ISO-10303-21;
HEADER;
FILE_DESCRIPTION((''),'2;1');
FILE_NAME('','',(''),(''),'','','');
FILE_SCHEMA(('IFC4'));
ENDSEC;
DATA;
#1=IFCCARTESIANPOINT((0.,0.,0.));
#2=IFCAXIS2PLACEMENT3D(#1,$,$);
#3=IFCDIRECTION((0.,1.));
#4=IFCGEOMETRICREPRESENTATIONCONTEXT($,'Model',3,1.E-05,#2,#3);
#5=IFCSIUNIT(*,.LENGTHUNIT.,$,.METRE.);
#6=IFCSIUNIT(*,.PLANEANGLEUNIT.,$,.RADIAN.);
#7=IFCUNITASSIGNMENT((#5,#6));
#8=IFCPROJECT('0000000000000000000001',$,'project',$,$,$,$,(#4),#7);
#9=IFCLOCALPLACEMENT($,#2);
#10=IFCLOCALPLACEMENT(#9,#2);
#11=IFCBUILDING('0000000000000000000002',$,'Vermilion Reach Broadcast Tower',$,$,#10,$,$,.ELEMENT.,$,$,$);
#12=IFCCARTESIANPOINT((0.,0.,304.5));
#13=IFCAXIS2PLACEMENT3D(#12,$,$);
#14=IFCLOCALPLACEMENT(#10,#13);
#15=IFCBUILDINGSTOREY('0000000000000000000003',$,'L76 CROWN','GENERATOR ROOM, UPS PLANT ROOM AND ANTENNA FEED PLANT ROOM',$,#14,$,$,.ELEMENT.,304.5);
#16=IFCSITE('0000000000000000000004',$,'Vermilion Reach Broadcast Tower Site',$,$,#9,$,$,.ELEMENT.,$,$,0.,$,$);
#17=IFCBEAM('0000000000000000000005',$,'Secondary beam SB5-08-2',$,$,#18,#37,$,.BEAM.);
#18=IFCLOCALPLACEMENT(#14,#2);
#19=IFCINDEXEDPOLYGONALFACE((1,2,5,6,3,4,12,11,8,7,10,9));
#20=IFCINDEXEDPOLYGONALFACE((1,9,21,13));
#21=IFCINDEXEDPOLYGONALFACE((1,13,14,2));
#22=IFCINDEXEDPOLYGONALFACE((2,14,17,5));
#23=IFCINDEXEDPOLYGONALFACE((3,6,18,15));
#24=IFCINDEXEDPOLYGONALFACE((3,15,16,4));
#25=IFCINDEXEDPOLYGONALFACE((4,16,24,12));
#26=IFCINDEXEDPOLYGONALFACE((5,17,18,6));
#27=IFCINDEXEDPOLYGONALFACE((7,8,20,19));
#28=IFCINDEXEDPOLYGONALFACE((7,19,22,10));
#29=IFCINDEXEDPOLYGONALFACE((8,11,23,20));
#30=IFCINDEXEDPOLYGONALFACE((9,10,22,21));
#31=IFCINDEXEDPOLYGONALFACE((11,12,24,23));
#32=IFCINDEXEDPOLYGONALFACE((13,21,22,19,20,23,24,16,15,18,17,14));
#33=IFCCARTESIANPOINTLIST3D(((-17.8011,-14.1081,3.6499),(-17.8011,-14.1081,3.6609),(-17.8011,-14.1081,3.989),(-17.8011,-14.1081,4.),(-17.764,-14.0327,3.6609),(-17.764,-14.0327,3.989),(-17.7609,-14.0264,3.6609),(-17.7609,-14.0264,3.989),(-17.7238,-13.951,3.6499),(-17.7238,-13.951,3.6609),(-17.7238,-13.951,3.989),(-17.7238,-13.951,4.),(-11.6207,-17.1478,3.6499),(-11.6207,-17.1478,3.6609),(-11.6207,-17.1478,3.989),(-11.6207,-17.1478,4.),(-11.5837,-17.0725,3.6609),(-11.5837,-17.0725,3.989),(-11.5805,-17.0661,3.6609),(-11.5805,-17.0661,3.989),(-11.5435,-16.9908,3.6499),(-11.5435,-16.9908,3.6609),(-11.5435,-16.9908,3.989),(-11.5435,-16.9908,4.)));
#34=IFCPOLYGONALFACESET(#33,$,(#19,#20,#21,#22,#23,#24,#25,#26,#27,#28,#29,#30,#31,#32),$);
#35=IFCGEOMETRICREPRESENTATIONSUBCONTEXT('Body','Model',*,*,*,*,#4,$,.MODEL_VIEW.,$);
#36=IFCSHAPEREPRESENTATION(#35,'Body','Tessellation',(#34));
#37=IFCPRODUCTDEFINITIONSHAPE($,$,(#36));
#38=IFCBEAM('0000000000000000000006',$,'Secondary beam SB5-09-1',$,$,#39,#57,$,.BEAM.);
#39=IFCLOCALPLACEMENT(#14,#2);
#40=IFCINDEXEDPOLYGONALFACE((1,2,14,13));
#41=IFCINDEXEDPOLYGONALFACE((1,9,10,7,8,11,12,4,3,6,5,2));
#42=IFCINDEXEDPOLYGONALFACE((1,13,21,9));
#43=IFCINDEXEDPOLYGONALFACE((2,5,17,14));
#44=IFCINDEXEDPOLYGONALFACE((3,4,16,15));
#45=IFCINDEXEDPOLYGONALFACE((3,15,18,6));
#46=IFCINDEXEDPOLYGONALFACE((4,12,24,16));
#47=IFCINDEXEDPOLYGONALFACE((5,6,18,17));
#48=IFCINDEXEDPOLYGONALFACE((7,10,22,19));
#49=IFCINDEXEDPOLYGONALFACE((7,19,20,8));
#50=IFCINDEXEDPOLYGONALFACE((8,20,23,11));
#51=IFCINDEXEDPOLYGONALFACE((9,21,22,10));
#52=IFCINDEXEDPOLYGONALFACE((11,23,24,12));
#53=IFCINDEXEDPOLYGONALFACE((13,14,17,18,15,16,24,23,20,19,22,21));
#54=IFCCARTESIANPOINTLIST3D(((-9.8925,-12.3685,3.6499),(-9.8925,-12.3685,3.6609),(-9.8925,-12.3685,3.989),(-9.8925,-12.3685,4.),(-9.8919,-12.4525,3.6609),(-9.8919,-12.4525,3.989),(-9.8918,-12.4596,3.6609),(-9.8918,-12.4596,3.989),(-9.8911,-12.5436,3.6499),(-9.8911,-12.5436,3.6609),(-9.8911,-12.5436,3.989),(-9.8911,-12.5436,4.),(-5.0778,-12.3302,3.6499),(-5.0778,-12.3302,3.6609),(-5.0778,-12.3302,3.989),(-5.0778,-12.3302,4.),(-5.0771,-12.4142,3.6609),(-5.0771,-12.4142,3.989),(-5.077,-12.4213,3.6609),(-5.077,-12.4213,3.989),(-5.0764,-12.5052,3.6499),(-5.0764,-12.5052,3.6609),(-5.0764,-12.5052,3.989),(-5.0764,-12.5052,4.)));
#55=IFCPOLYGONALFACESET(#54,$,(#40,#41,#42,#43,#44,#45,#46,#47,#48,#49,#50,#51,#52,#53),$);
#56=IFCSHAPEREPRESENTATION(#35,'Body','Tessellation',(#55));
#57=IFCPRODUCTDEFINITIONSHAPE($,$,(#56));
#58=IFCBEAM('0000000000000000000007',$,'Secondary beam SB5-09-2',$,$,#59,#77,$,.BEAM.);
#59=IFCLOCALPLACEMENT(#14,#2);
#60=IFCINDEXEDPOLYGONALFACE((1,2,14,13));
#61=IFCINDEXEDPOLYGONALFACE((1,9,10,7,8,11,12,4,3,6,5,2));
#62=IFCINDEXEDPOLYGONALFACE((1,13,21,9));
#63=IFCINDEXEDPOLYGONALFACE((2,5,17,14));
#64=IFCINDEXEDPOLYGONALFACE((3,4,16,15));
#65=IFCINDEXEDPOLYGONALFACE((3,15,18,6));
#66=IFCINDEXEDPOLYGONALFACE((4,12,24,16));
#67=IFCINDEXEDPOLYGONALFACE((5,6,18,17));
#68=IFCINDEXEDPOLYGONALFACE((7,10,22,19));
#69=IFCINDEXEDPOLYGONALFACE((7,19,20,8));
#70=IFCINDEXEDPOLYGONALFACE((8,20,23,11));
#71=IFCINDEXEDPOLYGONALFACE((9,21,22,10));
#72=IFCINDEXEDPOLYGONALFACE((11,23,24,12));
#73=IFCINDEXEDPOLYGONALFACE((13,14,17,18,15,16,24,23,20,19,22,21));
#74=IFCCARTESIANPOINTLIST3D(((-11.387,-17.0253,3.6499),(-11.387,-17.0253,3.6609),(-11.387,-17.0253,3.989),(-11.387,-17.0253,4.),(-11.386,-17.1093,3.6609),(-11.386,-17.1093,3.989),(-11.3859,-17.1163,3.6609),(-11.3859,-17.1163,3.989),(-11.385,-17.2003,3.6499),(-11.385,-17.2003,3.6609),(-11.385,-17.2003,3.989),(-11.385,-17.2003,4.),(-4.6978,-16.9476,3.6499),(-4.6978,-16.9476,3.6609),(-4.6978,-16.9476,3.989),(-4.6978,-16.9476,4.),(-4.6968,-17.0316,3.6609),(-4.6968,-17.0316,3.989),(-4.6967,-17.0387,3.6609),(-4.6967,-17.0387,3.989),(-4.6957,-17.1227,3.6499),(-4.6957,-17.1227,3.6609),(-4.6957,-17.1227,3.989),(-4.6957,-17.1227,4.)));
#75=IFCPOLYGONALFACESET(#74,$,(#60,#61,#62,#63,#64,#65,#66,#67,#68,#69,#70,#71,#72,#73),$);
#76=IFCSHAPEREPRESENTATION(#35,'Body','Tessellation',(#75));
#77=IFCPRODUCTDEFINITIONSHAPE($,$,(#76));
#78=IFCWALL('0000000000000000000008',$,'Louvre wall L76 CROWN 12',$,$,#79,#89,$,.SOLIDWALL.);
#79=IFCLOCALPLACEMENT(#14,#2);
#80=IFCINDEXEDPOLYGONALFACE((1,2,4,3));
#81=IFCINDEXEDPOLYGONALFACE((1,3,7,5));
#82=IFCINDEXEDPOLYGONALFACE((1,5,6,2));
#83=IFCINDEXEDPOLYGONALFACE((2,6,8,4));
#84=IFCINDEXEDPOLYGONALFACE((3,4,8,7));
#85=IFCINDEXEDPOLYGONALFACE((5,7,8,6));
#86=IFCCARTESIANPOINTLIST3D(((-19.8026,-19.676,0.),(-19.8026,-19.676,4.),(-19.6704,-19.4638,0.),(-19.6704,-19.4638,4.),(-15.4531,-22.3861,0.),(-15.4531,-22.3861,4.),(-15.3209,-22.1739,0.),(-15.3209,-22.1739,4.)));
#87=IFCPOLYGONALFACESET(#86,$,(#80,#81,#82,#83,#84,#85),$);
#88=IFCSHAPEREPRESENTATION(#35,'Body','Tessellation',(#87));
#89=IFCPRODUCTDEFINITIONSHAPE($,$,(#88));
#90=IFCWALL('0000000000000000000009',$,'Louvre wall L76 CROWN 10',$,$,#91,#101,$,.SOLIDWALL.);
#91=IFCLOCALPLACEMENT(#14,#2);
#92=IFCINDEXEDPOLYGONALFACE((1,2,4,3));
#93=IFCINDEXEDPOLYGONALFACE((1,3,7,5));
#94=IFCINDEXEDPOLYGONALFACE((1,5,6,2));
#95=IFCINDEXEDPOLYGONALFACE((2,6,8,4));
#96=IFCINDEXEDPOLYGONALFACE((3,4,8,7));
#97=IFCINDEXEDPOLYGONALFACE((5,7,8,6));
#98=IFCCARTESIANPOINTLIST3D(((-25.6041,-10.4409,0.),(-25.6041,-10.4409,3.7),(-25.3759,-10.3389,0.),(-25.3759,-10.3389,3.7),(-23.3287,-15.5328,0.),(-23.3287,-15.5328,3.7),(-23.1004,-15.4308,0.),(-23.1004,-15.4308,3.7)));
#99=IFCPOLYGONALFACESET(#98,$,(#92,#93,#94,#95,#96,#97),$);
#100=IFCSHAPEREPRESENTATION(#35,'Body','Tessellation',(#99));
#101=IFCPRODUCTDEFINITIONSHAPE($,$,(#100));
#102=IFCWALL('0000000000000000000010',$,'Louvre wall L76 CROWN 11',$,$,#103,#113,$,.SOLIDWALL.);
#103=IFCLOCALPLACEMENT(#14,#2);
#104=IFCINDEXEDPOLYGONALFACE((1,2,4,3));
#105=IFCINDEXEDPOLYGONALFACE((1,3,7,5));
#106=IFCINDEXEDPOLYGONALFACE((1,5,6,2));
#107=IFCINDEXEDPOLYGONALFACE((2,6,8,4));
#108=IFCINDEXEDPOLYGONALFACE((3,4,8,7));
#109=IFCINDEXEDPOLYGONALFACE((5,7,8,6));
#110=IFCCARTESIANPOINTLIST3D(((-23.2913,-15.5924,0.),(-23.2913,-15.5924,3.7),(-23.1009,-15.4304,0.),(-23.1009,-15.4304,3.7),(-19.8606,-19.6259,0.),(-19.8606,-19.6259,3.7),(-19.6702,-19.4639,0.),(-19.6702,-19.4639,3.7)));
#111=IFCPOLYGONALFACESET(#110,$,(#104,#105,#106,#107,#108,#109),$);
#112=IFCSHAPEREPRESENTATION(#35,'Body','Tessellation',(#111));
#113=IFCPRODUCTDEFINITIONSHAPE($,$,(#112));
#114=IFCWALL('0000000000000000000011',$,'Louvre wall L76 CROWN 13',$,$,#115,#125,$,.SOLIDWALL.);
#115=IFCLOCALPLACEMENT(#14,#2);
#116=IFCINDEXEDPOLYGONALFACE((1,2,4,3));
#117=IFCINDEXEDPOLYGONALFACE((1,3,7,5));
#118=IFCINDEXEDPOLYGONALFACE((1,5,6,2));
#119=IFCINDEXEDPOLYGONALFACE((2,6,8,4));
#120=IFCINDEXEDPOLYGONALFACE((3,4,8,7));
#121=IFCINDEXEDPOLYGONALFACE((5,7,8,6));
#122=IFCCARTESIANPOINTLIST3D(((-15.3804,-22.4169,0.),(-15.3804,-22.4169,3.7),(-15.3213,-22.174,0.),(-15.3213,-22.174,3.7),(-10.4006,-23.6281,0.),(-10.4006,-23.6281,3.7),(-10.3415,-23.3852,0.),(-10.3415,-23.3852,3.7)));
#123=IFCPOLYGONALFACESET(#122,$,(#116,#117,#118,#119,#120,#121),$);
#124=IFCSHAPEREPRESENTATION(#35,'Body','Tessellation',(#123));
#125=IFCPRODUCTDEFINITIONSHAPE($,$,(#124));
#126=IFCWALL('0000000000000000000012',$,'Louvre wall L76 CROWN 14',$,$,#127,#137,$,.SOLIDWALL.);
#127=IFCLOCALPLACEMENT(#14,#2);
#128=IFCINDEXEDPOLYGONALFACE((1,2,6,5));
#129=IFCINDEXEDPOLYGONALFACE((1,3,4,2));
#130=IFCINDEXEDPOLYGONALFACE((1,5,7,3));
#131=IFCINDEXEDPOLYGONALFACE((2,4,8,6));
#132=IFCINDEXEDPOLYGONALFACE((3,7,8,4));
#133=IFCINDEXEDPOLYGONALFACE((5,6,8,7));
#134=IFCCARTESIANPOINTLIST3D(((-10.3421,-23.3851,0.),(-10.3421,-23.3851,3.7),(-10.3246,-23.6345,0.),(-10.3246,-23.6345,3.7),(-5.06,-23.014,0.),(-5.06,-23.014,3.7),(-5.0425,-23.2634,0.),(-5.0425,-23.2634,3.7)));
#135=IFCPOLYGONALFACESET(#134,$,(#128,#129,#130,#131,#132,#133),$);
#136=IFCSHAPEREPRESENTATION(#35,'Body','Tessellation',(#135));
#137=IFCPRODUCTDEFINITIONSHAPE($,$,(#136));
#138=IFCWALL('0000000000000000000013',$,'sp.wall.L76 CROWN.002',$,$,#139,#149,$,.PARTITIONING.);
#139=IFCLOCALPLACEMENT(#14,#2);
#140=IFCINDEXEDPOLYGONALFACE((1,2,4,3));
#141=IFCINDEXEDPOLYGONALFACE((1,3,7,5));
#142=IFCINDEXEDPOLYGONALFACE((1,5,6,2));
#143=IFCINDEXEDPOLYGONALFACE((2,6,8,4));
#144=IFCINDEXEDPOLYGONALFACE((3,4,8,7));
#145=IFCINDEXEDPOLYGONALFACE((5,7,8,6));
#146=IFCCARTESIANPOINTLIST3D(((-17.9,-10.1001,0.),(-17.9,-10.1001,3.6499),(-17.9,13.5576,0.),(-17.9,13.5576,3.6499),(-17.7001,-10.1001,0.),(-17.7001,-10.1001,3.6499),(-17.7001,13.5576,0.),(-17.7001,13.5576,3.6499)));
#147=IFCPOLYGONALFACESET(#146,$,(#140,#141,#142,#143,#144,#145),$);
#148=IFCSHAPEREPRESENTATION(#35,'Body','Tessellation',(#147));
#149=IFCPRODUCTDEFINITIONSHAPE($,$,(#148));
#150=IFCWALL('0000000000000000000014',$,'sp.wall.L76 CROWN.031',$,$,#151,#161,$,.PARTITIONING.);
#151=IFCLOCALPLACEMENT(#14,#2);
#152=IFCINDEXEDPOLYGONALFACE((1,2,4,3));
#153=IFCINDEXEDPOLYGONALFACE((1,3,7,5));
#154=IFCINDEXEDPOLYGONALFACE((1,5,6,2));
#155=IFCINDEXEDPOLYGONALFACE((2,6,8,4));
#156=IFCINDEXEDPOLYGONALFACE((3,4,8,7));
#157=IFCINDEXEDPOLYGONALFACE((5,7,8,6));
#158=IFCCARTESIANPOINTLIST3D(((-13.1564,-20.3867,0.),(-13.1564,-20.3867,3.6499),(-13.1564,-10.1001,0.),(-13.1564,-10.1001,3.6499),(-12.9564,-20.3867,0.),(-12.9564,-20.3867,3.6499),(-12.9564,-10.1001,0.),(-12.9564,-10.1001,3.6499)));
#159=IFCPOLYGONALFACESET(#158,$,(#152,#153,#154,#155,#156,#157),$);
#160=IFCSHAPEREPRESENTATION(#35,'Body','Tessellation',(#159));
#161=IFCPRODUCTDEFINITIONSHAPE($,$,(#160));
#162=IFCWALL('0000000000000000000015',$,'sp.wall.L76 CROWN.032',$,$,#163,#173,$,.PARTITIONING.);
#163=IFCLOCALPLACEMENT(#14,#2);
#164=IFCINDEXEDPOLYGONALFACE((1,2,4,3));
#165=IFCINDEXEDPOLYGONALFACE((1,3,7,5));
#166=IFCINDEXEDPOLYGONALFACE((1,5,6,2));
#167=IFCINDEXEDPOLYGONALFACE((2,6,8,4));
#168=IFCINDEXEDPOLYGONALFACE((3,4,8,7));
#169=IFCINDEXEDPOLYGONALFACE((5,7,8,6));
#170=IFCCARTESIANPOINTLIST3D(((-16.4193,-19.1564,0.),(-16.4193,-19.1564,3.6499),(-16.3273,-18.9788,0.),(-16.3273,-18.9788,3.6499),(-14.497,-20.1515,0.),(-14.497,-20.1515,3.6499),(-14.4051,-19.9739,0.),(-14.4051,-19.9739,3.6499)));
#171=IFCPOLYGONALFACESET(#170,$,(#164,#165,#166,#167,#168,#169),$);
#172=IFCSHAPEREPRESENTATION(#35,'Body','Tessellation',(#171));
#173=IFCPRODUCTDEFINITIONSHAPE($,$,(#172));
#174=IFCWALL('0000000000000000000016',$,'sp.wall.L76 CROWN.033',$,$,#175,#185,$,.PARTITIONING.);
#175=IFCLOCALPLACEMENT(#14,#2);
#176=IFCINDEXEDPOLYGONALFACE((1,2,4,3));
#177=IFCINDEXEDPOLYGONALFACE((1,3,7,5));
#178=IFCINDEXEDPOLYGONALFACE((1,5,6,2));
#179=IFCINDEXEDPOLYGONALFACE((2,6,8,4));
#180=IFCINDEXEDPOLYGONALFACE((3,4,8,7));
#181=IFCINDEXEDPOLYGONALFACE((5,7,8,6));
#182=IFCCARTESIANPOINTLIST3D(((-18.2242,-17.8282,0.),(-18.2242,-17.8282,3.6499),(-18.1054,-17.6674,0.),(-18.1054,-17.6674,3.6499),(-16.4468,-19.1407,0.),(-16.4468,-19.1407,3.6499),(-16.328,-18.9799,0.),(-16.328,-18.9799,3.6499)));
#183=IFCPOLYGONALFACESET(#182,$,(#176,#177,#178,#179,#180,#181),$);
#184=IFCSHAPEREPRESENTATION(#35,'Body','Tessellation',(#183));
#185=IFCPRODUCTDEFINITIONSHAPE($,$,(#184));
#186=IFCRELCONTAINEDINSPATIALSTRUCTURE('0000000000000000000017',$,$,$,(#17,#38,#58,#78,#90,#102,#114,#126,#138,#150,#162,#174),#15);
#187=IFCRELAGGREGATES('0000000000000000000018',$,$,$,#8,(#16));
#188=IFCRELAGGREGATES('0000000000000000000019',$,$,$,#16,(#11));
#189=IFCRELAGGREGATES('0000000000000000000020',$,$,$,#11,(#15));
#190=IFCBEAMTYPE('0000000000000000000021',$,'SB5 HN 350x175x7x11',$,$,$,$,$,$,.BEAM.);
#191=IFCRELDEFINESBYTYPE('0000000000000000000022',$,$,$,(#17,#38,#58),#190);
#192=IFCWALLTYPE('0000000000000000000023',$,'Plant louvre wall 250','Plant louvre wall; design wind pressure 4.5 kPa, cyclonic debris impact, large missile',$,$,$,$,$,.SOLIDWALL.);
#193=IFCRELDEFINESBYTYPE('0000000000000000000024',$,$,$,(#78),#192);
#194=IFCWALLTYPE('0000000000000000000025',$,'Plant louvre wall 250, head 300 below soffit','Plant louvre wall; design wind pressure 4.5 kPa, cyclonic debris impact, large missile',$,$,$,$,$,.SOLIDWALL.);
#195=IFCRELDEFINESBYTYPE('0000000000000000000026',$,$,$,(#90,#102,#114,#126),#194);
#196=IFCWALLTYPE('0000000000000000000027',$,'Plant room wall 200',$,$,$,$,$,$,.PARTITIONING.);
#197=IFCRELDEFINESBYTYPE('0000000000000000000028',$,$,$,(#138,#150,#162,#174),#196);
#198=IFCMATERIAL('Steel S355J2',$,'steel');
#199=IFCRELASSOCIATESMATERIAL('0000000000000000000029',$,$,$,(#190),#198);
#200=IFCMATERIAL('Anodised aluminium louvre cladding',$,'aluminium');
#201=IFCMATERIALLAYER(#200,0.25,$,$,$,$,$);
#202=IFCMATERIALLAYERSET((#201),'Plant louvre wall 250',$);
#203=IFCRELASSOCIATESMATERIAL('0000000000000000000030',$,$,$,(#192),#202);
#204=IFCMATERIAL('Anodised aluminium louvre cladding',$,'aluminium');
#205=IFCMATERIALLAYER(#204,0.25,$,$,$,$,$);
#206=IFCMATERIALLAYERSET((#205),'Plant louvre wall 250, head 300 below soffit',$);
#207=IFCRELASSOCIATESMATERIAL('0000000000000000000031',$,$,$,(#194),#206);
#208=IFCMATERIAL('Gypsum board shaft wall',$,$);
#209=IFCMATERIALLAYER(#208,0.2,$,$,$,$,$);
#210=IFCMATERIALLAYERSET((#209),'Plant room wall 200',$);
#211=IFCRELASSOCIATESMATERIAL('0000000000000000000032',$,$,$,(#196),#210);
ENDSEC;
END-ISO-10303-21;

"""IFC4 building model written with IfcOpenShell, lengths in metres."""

from ifc_helpers import new_model, si_unit, direction, frame, frame_2d, origin, origin_2d, place, context, subcontext, project, spatial, rectangle, i_section, extrude, material, layer, layer_set, material_profile, profile_set, type_object, element, save


model = new_model("IFC4")

# Units and contexts
model_context = context("Model", 3, precision=1e-05, world=origin(), true_north=direction((0.0, 1.0)))
body_context = subcontext(model_context, "Body", "Model", "MODEL_VIEW")
ifc_project = project(units=[si_unit("LENGTHUNIT", "METRE"), si_unit("PLANEANGLEUNIT", "RADIAN")], contexts=[model_context])

# Site, building, storey
site_placement = place(None, origin())
site = spatial("IfcSite", under=ifc_project, at=site_placement, Name="Vermilion Reach Broadcast Tower Site", CompositionType="ELEMENT", RefElevation=0.0)
building_placement = place(site_placement, origin())
building = spatial("IfcBuilding", under=site, at=building_placement, Name="Vermilion Reach Broadcast Tower", CompositionType="ELEMENT")
storey_placement = place(building_placement, frame((0.0, 0.0, 304.5)))
storey = spatial("IfcBuildingStorey", under=building, at=storey_placement, Name="L76 CROWN", Description="GENERATOR ROOM, UPS PLANT ROOM AND ANTENNA FEED PLANT ROOM", CompositionType="ELEMENT", Elevation=304.5)

# Beams
ifc_material_1 = material(Name="Steel S355J2", Category="steel")
ifc_material_profile_1 = material_profile(ifc_material_1, i_section(OverallWidth=0.175, OverallDepth=0.3501, WebThickness=0.0071, FlangeThickness=0.011, at=origin_2d()), Name="S355J2 HN 350x175x7x11")
ifc_profile_set_1 = profile_set([ifc_material_profile_1], Name="Steel S355J2")
beam_type_1 = type_object("IfcBeamType", Name="SB5 HN 350x175x7x11", PredefinedType="BEAM", material=ifc_profile_set_1)
beam_1_placement = place(storey_placement, frame((-17.7625, -14.0295, 3.825), z_axis=(0.897336, -0.441348, 0.0), x_axis=(0.441348, 0.897336, 0.0)))
element("IfcBeam", 1, at=beam_1_placement, inside=storey, type_object=beam_type_1, Name="Secondary beam SB5-08-2", PredefinedType="BEAM", context=body_context, shape_type="SweptSolid", body=[
    extrude(i_section(OverallWidth=0.175, OverallDepth=0.3501, WebThickness=0.0071, FlangeThickness=0.011, at=origin_2d()), origin(), (0.0, 0.0, 1.0), 6.8875),
])
beam_2_placement = place(storey_placement, frame((-9.8918, -12.4561, 3.825), z_axis=(0.999968, 0.007961, 0.0), x_axis=(-0.007961, 0.999968, 0.0)))
element("IfcBeam", 2, at=beam_2_placement, inside=storey, type_object=beam_type_1, Name="Secondary beam SB5-09-1", PredefinedType="BEAM", context=body_context, shape_type="SweptSolid", body=[
    extrude(i_section(OverallWidth=0.175, OverallDepth=0.3501, WebThickness=0.0071, FlangeThickness=0.011, at=origin_2d()), origin(), (0.0, 0.0, 1.0), 4.8149),
])
beam_3_placement = place(storey_placement, frame((-11.386, -17.1128, 3.825), z_axis=(0.999933, 0.011605, 0.0), x_axis=(-0.011605, 0.999933, 0.0)))
element("IfcBeam", 3, at=beam_3_placement, inside=storey, type_object=beam_type_1, Name="Secondary beam SB5-09-2", PredefinedType="BEAM", context=body_context, shape_type="SweptSolid", body=[
    extrude(i_section(OverallWidth=0.175, OverallDepth=0.3501, WebThickness=0.0071, FlangeThickness=0.011, at=origin_2d()), origin(), (0.0, 0.0, 1.0), 6.6897),
])

# Walls
ifc_material_2 = material(Name="Anodised aluminium louvre cladding", Category="aluminium")
ifc_layer_1 = layer(ifc_material_2, 0.25)
ifc_layer_set_1 = layer_set([ifc_layer_1], Name="Plant louvre wall 250")
wall_type_1 = type_object("IfcWallType", Name="Plant louvre wall 250", Description="Plant louvre wall; design wind pressure 4.5 kPa, cyclonic debris impact, large missile", PredefinedType="SOLIDWALL", material=ifc_layer_set_1)
wall_1_placement = place(storey_placement, frame((-19.7366, -19.5698, 0.0), z_axis=(0.0, 0.0, 1.0), x_axis=(0.848725, -0.528834, 0.0)))
element("IfcWall", 4, at=wall_1_placement, inside=storey, type_object=wall_type_1, Name="Louvre wall L76 CROWN 12", PredefinedType="SOLIDWALL", context=body_context, shape_type="SweptSolid", body=[
    extrude(rectangle(XDim=5.1248, YDim=0.25, at=frame_2d((2.5625, 0.0))), origin(), (0.0, 0.0, 1.0), 4.0),
])
ifc_material_3 = material(Name="Anodised aluminium louvre cladding", Category="aluminium")
ifc_layer_2 = layer(ifc_material_3, 0.25)
ifc_layer_set_2 = layer_set([ifc_layer_2], Name="Plant louvre wall 250, head 300 below soffit")
wall_type_2 = type_object("IfcWallType", Name="Plant louvre wall 250, head 300 below soffit", Description="Plant louvre wall; design wind pressure 4.5 kPa, cyclonic debris impact, large missile", PredefinedType="SOLIDWALL", material=ifc_layer_set_2)
wall_2_placement = place(storey_placement, frame((-25.49, -10.3899, 0.0), z_axis=(0.0, 0.0, 1.0), x_axis=(0.40799, -0.912987, 0.0)))
element("IfcWall", 5, at=wall_2_placement, inside=storey, type_object=wall_type_2, Name="Louvre wall L76 CROWN 10", PredefinedType="SOLIDWALL", context=body_context, shape_type="SweptSolid", body=[
    extrude(rectangle(XDim=5.5771, YDim=0.25, at=frame_2d((2.7886, 0.0))), origin(), (0.0, 0.0, 1.0), 3.7),
])
wall_3_placement = place(storey_placement, frame((-23.196, -15.5115, 0.0), z_axis=(0.0, 0.0, 1.0), x_axis=(0.647893, -0.761731, 0.0)))
element("IfcWall", 6, at=wall_3_placement, inside=storey, type_object=wall_type_2, Name="Louvre wall L76 CROWN 11", PredefinedType="SOLIDWALL", context=body_context, shape_type="SweptSolid", body=[
    extrude(rectangle(XDim=5.2952, YDim=0.25, at=frame_2d((2.6475, 0.0))), origin(), (0.0, 0.0, 1.0), 3.7),
])
wall_4_placement = place(storey_placement, frame((-15.3508, -22.2954, 0.0), z_axis=(0.0, 0.0, 1.0), x_axis=(0.971672, -0.236332, 0.0)))
element("IfcWall", 7, at=wall_4_placement, inside=storey, type_object=wall_type_2, Name="Louvre wall L76 CROWN 13", PredefinedType="SOLIDWALL", context=body_context, shape_type="SweptSolid", body=[
    extrude(rectangle(XDim=5.125, YDim=0.25, at=frame_2d((2.5625, 0.0))), origin(), (0.0, 0.0, 1.0), 3.7),
])
wall_5_placement = place(storey_placement, frame((-10.3333, -23.5098, 0.0), z_axis=(0.0, 0.0, 1.0), x_axis=(0.997541, 0.070081, 0.0)))
element("IfcWall", 8, at=wall_5_placement, inside=storey, type_object=wall_type_2, Name="Louvre wall L76 CROWN 14", PredefinedType="SOLIDWALL", context=body_context, shape_type="SweptSolid", body=[
    extrude(rectangle(XDim=5.2952, YDim=0.25, at=frame_2d((2.6475, 0.0))), origin(), (0.0, 0.0, 1.0), 3.7),
])
ifc_material_4 = material(Name="Gypsum board shaft wall")
ifc_layer_3 = layer(ifc_material_4, 0.2)
ifc_layer_set_3 = layer_set([ifc_layer_3], Name="Plant room wall 200")
wall_type_3 = type_object("IfcWallType", Name="Plant room wall 200", PredefinedType="PARTITIONING", material=ifc_layer_set_3)
wall_6_placement = place(storey_placement, frame((-17.8, -10.1001, 0.0), z_axis=(0.0, 0.0, 1.0), x_axis=(0.0, 1.0, 0.0)))
element("IfcWall", 9, at=wall_6_placement, inside=storey, type_object=wall_type_3, Name="sp.wall.L76 CROWN.002", PredefinedType="PARTITIONING", context=body_context, shape_type="SweptSolid", body=[
    extrude(rectangle(XDim=23.6577, YDim=0.2, at=frame_2d((11.8289, 0.0))), origin(), (0.0, 0.0, 1.0), 3.6499),
])
wall_7_placement = place(storey_placement, frame((-13.0564, -20.3867, 0.0), z_axis=(0.0, 0.0, 1.0), x_axis=(0.0, 1.0, 0.0)))
element("IfcWall", 10, at=wall_7_placement, inside=storey, type_object=wall_type_3, Name="sp.wall.L76 CROWN.031", PredefinedType="PARTITIONING", context=body_context, shape_type="SweptSolid", body=[
    extrude(rectangle(XDim=10.2866, YDim=0.2, at=frame_2d((5.1433, 0.0))), origin(), (0.0, 0.0, 1.0), 3.6499),
])
wall_8_placement = place(storey_placement, frame((-16.3733, -19.0676, 0.0), z_axis=(0.0, 0.0, 1.0), x_axis=(0.888068, -0.459711, 0.0)))
element("IfcWall", 11, at=wall_8_placement, inside=storey, type_object=wall_type_3, Name="sp.wall.L76 CROWN.032", PredefinedType="PARTITIONING", context=body_context, shape_type="SweptSolid", body=[
    extrude(rectangle(XDim=2.1646, YDim=0.2, at=frame_2d((1.0823, 0.0))), origin(), (0.0, 0.0, 1.0), 3.6499),
])
wall_9_placement = place(storey_placement, frame((-18.1648, -17.7478, 0.0), z_axis=(0.0, 0.0, 1.0), x_axis=(0.804433, -0.594043, 0.0)))
element("IfcWall", 12, at=wall_9_placement, inside=storey, type_object=wall_type_3, Name="sp.wall.L76 CROWN.033", PredefinedType="PARTITIONING", context=body_context, shape_type="SweptSolid", body=[
    extrude(rectangle(XDim=2.2095, YDim=0.2, at=frame_2d((1.1047, 0.0))), origin(), (0.0, 0.0, 1.0), 3.6499),
])

save(model, "model.ifc")
